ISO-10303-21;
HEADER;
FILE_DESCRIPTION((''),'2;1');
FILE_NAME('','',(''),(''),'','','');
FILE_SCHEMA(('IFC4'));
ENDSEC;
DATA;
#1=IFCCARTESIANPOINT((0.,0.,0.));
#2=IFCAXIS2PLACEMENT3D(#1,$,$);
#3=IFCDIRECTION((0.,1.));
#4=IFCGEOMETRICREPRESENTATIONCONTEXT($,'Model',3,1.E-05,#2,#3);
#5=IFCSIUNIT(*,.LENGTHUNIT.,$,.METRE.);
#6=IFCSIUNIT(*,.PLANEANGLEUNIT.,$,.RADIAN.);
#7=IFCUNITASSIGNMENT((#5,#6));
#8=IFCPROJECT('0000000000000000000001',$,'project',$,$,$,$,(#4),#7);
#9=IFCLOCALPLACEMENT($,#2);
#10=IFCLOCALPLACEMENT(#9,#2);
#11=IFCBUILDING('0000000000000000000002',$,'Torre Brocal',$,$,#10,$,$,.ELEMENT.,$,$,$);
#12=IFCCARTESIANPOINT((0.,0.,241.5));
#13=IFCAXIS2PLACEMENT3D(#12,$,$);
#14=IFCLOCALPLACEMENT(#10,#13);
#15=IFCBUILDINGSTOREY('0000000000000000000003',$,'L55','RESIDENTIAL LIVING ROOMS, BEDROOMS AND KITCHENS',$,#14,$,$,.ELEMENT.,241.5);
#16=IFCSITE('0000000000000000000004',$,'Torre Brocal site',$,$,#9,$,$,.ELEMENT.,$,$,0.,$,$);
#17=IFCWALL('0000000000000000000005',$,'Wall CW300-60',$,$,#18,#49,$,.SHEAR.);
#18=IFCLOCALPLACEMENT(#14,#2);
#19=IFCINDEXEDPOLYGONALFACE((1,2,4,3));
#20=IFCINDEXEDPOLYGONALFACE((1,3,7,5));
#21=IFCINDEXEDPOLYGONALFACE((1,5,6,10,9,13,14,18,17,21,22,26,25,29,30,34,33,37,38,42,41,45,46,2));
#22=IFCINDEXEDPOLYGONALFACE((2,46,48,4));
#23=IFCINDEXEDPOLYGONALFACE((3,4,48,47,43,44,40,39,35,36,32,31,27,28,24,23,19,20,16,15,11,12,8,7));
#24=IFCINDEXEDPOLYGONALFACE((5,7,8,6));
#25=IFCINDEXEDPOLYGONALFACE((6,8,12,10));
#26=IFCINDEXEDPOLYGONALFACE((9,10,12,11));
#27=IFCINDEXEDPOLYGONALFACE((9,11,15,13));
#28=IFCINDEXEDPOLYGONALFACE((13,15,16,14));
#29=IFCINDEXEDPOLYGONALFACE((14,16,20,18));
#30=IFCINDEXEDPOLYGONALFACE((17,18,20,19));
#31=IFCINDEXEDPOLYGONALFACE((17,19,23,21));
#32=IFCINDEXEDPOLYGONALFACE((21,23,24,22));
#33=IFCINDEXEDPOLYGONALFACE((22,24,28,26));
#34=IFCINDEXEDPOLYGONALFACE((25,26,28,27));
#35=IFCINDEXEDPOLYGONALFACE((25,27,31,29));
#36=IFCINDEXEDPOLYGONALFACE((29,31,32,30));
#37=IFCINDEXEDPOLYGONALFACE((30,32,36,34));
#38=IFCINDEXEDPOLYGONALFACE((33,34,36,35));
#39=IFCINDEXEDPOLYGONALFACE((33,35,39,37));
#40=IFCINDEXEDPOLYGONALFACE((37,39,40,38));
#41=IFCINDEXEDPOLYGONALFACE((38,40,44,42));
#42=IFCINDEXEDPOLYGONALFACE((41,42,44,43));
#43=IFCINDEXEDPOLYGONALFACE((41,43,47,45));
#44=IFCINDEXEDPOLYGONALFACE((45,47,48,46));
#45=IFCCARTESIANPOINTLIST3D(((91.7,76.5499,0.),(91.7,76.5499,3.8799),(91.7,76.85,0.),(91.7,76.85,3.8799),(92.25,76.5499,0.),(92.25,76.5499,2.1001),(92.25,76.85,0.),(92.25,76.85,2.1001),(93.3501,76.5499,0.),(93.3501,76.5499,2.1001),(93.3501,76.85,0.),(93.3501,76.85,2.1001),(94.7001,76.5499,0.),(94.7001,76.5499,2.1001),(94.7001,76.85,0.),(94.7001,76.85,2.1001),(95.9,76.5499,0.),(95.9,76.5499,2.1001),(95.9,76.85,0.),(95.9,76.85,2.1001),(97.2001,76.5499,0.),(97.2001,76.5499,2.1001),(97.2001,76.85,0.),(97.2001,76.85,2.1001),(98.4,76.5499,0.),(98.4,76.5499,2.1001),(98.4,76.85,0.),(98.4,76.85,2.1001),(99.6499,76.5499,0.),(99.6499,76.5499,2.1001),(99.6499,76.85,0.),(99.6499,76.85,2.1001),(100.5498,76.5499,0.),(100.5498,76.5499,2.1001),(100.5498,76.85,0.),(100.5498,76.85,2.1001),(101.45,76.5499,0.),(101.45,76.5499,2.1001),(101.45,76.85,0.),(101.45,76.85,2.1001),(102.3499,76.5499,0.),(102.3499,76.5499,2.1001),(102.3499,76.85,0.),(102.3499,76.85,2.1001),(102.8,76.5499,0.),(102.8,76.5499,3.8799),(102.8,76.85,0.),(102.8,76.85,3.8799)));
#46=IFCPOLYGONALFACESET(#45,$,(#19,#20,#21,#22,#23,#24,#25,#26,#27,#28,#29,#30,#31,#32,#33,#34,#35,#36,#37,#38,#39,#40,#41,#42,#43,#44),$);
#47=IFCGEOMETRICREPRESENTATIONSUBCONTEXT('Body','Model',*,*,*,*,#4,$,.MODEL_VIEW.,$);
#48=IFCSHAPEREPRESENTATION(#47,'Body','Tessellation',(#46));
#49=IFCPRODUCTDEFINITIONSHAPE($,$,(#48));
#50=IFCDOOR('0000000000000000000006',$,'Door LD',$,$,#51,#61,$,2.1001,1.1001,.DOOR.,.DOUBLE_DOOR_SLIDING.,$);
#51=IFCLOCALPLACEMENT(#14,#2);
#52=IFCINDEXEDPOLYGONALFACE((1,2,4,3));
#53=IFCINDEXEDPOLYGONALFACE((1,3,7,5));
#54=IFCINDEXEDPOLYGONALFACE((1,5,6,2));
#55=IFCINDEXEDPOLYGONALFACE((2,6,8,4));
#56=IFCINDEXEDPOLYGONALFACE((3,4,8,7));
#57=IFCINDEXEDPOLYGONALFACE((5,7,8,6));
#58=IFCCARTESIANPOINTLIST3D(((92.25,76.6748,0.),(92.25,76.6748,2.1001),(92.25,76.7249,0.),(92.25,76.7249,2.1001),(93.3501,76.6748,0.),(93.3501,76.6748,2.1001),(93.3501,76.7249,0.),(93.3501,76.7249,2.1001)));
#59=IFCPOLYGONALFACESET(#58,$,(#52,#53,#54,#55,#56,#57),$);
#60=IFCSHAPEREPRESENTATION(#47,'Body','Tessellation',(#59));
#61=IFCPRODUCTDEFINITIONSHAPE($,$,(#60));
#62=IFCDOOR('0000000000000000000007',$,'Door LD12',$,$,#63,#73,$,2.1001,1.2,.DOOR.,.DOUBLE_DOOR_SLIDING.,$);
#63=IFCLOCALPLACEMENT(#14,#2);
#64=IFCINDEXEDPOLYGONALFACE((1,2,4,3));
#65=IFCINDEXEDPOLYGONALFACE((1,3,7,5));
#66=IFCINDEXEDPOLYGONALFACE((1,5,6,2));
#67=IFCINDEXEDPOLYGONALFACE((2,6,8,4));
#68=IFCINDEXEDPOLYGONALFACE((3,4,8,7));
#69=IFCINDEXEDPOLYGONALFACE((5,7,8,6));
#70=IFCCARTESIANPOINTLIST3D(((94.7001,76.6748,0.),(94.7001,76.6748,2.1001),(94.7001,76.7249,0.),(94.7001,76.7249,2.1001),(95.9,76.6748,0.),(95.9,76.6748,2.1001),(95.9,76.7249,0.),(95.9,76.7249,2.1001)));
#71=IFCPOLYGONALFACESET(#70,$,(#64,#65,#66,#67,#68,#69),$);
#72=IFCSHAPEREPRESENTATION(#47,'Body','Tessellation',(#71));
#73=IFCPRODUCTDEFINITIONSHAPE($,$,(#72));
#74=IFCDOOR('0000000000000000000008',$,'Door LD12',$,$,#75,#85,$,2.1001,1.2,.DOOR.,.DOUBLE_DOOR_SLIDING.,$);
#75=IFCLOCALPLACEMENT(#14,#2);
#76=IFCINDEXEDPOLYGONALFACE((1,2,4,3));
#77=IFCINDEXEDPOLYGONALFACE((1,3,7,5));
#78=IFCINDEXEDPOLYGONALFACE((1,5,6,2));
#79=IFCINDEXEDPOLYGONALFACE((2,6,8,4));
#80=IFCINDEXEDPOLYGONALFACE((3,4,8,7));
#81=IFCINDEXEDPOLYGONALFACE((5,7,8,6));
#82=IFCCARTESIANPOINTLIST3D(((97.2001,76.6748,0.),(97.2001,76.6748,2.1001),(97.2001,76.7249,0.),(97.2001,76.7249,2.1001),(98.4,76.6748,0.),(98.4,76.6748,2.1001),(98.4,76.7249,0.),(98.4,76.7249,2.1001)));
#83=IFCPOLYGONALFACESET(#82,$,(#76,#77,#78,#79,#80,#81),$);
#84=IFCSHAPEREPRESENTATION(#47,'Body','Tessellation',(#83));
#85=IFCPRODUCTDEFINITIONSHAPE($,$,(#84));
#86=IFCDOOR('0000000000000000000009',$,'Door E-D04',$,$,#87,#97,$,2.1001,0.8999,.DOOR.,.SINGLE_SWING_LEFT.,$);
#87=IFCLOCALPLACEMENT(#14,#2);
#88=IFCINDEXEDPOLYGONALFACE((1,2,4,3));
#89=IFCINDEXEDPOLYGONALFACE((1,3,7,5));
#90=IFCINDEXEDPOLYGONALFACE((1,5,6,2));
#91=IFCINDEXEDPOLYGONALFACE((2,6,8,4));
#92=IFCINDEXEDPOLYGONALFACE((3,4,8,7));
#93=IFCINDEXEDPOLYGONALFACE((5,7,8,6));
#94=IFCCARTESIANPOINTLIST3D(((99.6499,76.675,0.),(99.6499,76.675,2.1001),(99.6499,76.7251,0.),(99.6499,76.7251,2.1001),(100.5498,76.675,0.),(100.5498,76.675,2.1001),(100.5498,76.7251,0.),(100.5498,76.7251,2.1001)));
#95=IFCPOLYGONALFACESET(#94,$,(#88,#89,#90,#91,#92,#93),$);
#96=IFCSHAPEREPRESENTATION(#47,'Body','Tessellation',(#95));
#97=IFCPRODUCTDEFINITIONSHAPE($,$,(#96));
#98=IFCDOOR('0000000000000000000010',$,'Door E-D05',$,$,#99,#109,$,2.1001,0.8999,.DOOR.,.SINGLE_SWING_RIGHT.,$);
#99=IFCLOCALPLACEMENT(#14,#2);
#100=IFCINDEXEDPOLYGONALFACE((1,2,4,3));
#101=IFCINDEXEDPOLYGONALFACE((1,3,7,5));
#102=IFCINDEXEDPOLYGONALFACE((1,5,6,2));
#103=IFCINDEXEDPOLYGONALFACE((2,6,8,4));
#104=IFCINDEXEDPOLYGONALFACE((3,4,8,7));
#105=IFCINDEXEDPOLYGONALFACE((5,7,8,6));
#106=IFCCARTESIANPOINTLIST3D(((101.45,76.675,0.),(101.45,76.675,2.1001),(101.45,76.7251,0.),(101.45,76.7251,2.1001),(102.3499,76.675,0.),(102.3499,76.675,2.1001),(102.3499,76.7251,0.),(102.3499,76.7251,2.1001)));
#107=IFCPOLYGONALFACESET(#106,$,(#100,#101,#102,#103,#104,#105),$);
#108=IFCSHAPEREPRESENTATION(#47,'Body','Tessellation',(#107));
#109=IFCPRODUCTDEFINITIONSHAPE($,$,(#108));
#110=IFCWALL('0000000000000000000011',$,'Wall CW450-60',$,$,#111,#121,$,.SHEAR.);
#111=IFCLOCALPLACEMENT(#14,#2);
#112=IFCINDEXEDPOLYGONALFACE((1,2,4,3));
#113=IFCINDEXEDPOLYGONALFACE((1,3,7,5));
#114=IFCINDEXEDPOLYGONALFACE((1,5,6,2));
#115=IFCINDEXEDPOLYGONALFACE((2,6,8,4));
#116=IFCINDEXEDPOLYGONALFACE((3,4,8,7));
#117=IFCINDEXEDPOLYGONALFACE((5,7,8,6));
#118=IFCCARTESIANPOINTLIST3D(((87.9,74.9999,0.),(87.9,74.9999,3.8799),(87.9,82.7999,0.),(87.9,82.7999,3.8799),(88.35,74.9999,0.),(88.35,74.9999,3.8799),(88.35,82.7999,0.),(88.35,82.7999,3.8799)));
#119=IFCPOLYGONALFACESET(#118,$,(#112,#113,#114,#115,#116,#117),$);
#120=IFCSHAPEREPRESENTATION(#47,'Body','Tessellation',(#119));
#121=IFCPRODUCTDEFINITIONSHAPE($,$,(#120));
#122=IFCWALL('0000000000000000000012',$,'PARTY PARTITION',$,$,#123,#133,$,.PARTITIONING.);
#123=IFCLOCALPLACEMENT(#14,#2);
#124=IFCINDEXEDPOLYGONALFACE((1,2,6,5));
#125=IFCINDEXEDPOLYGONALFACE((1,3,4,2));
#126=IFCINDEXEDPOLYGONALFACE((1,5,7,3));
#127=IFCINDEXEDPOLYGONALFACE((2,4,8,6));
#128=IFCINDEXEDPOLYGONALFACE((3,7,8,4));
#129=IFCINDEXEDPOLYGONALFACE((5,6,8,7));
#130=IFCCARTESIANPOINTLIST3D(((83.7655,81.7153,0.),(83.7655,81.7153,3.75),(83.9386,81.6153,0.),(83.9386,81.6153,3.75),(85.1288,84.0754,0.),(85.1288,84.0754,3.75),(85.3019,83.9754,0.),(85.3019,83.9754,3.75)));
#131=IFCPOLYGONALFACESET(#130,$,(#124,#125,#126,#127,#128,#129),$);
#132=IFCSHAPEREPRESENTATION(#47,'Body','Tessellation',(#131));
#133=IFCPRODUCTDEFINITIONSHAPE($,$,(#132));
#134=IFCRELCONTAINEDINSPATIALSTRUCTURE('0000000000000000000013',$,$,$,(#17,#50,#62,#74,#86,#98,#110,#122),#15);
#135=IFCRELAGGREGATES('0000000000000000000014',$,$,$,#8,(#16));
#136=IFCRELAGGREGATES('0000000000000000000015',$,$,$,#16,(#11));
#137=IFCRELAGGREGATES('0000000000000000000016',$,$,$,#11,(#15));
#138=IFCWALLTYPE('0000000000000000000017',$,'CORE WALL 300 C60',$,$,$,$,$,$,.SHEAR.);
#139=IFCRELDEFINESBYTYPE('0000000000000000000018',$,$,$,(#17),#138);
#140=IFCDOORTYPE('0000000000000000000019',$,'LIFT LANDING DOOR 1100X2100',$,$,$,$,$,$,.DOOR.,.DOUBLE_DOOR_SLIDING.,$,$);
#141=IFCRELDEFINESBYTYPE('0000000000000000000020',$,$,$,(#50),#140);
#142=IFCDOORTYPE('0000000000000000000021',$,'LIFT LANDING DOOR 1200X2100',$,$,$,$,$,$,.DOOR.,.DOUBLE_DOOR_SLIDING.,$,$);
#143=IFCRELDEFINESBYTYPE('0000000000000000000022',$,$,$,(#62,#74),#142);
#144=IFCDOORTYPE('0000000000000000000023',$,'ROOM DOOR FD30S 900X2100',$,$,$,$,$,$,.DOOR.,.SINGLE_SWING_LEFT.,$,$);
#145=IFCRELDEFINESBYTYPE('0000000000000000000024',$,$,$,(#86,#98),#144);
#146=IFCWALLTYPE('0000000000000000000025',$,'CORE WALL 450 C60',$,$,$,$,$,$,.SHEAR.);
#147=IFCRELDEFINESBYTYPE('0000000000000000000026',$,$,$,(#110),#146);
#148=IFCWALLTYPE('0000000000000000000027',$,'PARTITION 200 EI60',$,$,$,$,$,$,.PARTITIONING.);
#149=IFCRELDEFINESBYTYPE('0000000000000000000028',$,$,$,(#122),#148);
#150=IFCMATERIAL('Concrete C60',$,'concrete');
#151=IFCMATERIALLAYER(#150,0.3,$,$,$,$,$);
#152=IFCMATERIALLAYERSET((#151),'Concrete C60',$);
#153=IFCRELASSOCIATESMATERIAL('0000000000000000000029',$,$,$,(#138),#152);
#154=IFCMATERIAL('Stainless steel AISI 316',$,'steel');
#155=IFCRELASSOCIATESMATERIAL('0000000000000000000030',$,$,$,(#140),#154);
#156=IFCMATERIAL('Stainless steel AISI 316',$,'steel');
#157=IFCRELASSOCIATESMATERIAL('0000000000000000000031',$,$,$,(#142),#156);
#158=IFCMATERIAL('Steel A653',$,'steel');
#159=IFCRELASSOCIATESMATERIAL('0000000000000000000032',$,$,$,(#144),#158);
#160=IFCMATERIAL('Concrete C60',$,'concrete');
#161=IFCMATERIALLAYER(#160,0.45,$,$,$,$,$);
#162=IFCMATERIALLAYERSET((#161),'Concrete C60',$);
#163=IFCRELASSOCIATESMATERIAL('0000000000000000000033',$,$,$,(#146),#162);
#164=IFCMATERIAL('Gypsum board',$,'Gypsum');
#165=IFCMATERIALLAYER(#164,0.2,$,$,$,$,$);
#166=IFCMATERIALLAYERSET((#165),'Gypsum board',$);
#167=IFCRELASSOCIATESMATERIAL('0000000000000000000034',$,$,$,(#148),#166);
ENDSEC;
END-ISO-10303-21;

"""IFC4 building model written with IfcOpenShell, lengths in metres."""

from ifc_helpers import new_model, si_unit, direction, frame, frame_2d, origin, place, context, subcontext, project, spatial, rectangle, extrude, material, layer, layer_set, type_object, element, fill, save


model = new_model("IFC4")

# Units and contexts
model_context = context("Model", 3, precision=1e-05, world=origin(), true_north=direction((0.0, 1.0)))
body_context = subcontext(model_context, "Body", "Model", "MODEL_VIEW")
ifc_project = project(units=[si_unit("LENGTHUNIT", "METRE"), si_unit("PLANEANGLEUNIT", "RADIAN")], contexts=[model_context])

# Site, building, storey
site_placement = place(None, origin())
site = spatial("IfcSite", under=ifc_project, at=site_placement, Name="Torre Brocal site", CompositionType="ELEMENT", RefElevation=0.0)
building_placement = place(site_placement, origin())
building = spatial("IfcBuilding", under=site, at=building_placement, Name="Torre Brocal", CompositionType="ELEMENT")
storey_placement = place(building_placement, frame((0.0, 0.0, 241.5)))
storey = spatial("IfcBuildingStorey", under=building, at=storey_placement, Name="L55", Description="RESIDENTIAL LIVING ROOMS, BEDROOMS AND KITCHENS", CompositionType="ELEMENT", Elevation=241.5)

# Shared definitions
ifc_material_1 = material(Name="Concrete C60", Category="concrete")
ifc_layer_1 = layer(ifc_material_1, 0.3)
ifc_layer_set_1 = layer_set([ifc_layer_1], Name="Concrete C60")
wall_type_1 = type_object("IfcWallType", Name="CORE WALL 300 C60", PredefinedType="SHEAR", material=ifc_layer_set_1)

# Wall, openings, doors
wall_1_placement = place(storey_placement, frame((91.7, 76.7, 0.0), z_axis=(0.0, 0.0, 1.0), x_axis=(1.0, 0.0, 0.0)))
wall_1 = element("IfcWall", 1, at=wall_1_placement, inside=storey, type_object=wall_type_1, Name="Wall CW300-60", PredefinedType="SHEAR", context=body_context, shape_type="SweptSolid", body=[
    extrude(rectangle(XDim=11.1001, YDim=0.3, at=frame_2d((5.55, 0.0))), origin(), (0.0, 0.0, 1.0), 3.8799),
])
opening_1_placement = place(wall_1_placement, frame((0.55, 0.0, 0.0)))
opening_1 = element("IfcOpeningElement", 2, at=opening_1_placement, cuts=wall_1, PredefinedType="OPENING", context=body_context, shape_type="SweptSolid", body=[
    extrude(rectangle(XDim=1.1001, YDim=2.1001, at=frame_2d((0.55, 1.05))), frame((0.0, 0.1599, 0.0), z_axis=(0.0, -1.0, 0.0), x_axis=(1.0, 0.0, 0.0)), (0.0, 0.0, 1.0), 0.3201),
])
opening_2_placement = place(wall_1_placement, frame((3.0, 0.0, 0.0)))
opening_2 = element("IfcOpeningElement", 3, at=opening_2_placement, cuts=wall_1, PredefinedType="OPENING", context=body_context, shape_type="SweptSolid", body=[
    extrude(rectangle(XDim=1.2, YDim=2.1001, at=frame_2d((0.6001, 1.05))), frame((0.0, 0.1599, 0.0), z_axis=(0.0, -1.0, 0.0), x_axis=(1.0, 0.0, 0.0)), (0.0, 0.0, 1.0), 0.3201),
])
opening_3_placement = place(wall_1_placement, frame((5.5, 0.0, 0.0)))
opening_3 = element("IfcOpeningElement", 4, at=opening_3_placement, cuts=wall_1, PredefinedType="OPENING", context=body_context, shape_type="SweptSolid", body=[
    extrude(rectangle(XDim=1.2, YDim=2.1001, at=frame_2d((0.6001, 1.05))), frame((0.0, 0.1599, 0.0), z_axis=(0.0, -1.0, 0.0), x_axis=(1.0, 0.0, 0.0)), (0.0, 0.0, 1.0), 0.3201),
])
opening_4_placement = place(wall_1_placement, frame((7.95, 0.0, 0.0)))
opening_4 = element("IfcOpeningElement", 5, at=opening_4_placement, cuts=wall_1, PredefinedType="OPENING", context=body_context, shape_type="SweptSolid", body=[
    extrude(rectangle(XDim=0.8999, YDim=2.1001, at=frame_2d((0.45, 1.05))), frame((0.0, 0.1599, 0.0), z_axis=(0.0, -1.0, 0.0), x_axis=(1.0, 0.0, 0.0)), (0.0, 0.0, 1.0), 0.3201),
])
opening_5_placement = place(wall_1_placement, frame((9.75, 0.0, 0.0)))
opening_5 = element("IfcOpeningElement", 6, at=opening_5_placement, cuts=wall_1, PredefinedType="OPENING", context=body_context, shape_type="SweptSolid", body=[
    extrude(rectangle(XDim=0.8999, YDim=2.1001, at=frame_2d((0.45, 1.05))), frame((0.0, 0.1599, 0.0), z_axis=(0.0, -1.0, 0.0), x_axis=(1.0, 0.0, 0.0)), (0.0, 0.0, 1.0), 0.3201),
])
ifc_material_2 = material(Name="Stainless steel AISI 316", Category="steel")
door_type_1 = type_object("IfcDoorType", Name="LIFT LANDING DOOR 1100X2100", OperationType="DOUBLE_DOOR_SLIDING", PredefinedType="DOOR", material=ifc_material_2)
door_1_placement = place(opening_1_placement, origin())
door_1 = element("IfcDoor", 7, at=door_1_placement, inside=storey, type_object=door_type_1, Name="Door LD", OperationType="DOUBLE_DOOR_SLIDING", OverallHeight=2.1001, OverallWidth=1.1001, PredefinedType="DOOR", context=body_context, shape_type="SweptSolid", body=[
    extrude(rectangle(XDim=1.1001, YDim=2.1001, at=frame_2d((0.55, 1.05))), frame((0.0, 0.0249, 0.0), z_axis=(0.0, -1.0, 0.0), x_axis=(1.0, 0.0, 0.0)), (0.0, 0.0, 1.0), 0.05),
])
fill(opening_1, door_1)
ifc_material_3 = material(Name="Stainless steel AISI 316", Category="steel")
door_type_2 = type_object("IfcDoorType", Name="LIFT LANDING DOOR 1200X2100", OperationType="DOUBLE_DOOR_SLIDING", PredefinedType="DOOR", material=ifc_material_3)
door_2_placement = place(opening_2_placement, origin())
door_2 = element("IfcDoor", 8, at=door_2_placement, inside=storey, type_object=door_type_2, Name="Door LD12", OperationType="DOUBLE_DOOR_SLIDING", OverallHeight=2.1001, OverallWidth=1.2, PredefinedType="DOOR", context=body_context, shape_type="SweptSolid", body=[
    extrude(rectangle(XDim=1.2, YDim=2.1001, at=frame_2d((0.6001, 1.05))), frame((0.0, 0.0249, 0.0), z_axis=(0.0, -1.0, 0.0), x_axis=(1.0, 0.0, 0.0)), (0.0, 0.0, 1.0), 0.05),
])
fill(opening_2, door_2)
door_3_placement = place(opening_3_placement, origin())
door_3 = element("IfcDoor", 9, at=door_3_placement, inside=storey, type_object=door_type_2, Name="Door LD12", OperationType="DOUBLE_DOOR_SLIDING", OverallHeight=2.1001, OverallWidth=1.2, PredefinedType="DOOR", context=body_context, shape_type="SweptSolid", body=[
    extrude(rectangle(XDim=1.2, YDim=2.1001, at=frame_2d((0.6001, 1.05))), frame((0.0, 0.0249, 0.0), z_axis=(0.0, -1.0, 0.0), x_axis=(1.0, 0.0, 0.0)), (0.0, 0.0, 1.0), 0.05),
])
fill(opening_3, door_3)
ifc_material_4 = material(Name="Steel A653", Category="steel")
door_type_3 = type_object("IfcDoorType", Name="ROOM DOOR FD30S 900X2100", OperationType="SINGLE_SWING_LEFT", PredefinedType="DOOR", material=ifc_material_4)
door_4_placement = place(opening_4_placement, frame((0.8999, 0.0, 0.0), z_axis=(0.0, 0.0, 1.0), x_axis=(-1.0, 0.0, 0.0)))
door_4 = element("IfcDoor", 10, at=door_4_placement, inside=storey, type_object=door_type_3, Name="Door E-D04", OperationType="SINGLE_SWING_LEFT", OverallHeight=2.1001, OverallWidth=0.8999, PredefinedType="DOOR", context=body_context, shape_type="SweptSolid", body=[
    extrude(rectangle(XDim=0.8999, YDim=2.1001, at=frame_2d((0.45, 1.05))), frame((0.0, 0.0249, 0.0), z_axis=(0.0, -1.0, 0.0), x_axis=(1.0, 0.0, 0.0)), (0.0, 0.0, 1.0), 0.05),
])
fill(opening_4, door_4)
door_5_placement = place(opening_5_placement, frame((0.8999, 0.0, 0.0), z_axis=(0.0, 0.0, 1.0), x_axis=(-1.0, 0.0, 0.0)))
door_5 = element("IfcDoor", 11, at=door_5_placement, inside=storey, type_object=door_type_3, Name="Door E-D05", OperationType="SINGLE_SWING_RIGHT", OverallHeight=2.1001, OverallWidth=0.8999, PredefinedType="DOOR", context=body_context, shape_type="SweptSolid", body=[
    extrude(rectangle(XDim=0.8999, YDim=2.1001, at=frame_2d((0.45, 1.05))), frame((0.0, 0.0249, 0.0), z_axis=(0.0, -1.0, 0.0), x_axis=(1.0, 0.0, 0.0)), (0.0, 0.0, 1.0), 0.05),
])
fill(opening_5, door_5)

# Walls
ifc_material_5 = material(Name="Concrete C60", Category="concrete")
ifc_layer_2 = layer(ifc_material_5, 0.45)
ifc_layer_set_2 = layer_set([ifc_layer_2], Name="Concrete C60")
wall_type_2 = type_object("IfcWallType", Name="CORE WALL 450 C60", PredefinedType="SHEAR", material=ifc_layer_set_2)
wall_2_placement = place(storey_placement, frame((88.125, 75.0, 0.0), z_axis=(0.0, 0.0, 1.0), x_axis=(0.0, 1.0, 0.0)))
element("IfcWall", 12, at=wall_2_placement, inside=storey, type_object=wall_type_2, Name="Wall CW450-60", PredefinedType="SHEAR", context=body_context, shape_type="SweptSolid", body=[
    extrude(rectangle(XDim=7.8, YDim=0.45, at=frame_2d((3.8999, 0.0))), origin(), (0.0, 0.0, 1.0), 3.8799),
])
ifc_material_6 = material(Name="Gypsum board", Category="Gypsum")
ifc_layer_3 = layer(ifc_material_6, 0.2)
ifc_layer_set_3 = layer_set([ifc_layer_3], Name="Gypsum board")
wall_type_3 = type_object("IfcWallType", Name="PARTITION 200 EI60", PredefinedType="PARTITIONING", material=ifc_layer_set_3)
wall_3_placement = place(storey_placement, frame((83.8521, 81.6653, 0.0), z_axis=(0.0, 0.0, 1.0), x_axis=(0.500185, 0.865919, 0.0)))
element("IfcWall", 13, at=wall_3_placement, inside=storey, type_object=wall_type_3, Name="PARTY PARTITION", PredefinedType="PARTITIONING", context=body_context, shape_type="SweptSolid", body=[
    extrude(rectangle(XDim=2.7256, YDim=0.2, at=frame_2d((1.3628, 0.0))), origin(), (0.0, 0.0, 1.0), 3.75),
])

save(model, "model.ifc")
